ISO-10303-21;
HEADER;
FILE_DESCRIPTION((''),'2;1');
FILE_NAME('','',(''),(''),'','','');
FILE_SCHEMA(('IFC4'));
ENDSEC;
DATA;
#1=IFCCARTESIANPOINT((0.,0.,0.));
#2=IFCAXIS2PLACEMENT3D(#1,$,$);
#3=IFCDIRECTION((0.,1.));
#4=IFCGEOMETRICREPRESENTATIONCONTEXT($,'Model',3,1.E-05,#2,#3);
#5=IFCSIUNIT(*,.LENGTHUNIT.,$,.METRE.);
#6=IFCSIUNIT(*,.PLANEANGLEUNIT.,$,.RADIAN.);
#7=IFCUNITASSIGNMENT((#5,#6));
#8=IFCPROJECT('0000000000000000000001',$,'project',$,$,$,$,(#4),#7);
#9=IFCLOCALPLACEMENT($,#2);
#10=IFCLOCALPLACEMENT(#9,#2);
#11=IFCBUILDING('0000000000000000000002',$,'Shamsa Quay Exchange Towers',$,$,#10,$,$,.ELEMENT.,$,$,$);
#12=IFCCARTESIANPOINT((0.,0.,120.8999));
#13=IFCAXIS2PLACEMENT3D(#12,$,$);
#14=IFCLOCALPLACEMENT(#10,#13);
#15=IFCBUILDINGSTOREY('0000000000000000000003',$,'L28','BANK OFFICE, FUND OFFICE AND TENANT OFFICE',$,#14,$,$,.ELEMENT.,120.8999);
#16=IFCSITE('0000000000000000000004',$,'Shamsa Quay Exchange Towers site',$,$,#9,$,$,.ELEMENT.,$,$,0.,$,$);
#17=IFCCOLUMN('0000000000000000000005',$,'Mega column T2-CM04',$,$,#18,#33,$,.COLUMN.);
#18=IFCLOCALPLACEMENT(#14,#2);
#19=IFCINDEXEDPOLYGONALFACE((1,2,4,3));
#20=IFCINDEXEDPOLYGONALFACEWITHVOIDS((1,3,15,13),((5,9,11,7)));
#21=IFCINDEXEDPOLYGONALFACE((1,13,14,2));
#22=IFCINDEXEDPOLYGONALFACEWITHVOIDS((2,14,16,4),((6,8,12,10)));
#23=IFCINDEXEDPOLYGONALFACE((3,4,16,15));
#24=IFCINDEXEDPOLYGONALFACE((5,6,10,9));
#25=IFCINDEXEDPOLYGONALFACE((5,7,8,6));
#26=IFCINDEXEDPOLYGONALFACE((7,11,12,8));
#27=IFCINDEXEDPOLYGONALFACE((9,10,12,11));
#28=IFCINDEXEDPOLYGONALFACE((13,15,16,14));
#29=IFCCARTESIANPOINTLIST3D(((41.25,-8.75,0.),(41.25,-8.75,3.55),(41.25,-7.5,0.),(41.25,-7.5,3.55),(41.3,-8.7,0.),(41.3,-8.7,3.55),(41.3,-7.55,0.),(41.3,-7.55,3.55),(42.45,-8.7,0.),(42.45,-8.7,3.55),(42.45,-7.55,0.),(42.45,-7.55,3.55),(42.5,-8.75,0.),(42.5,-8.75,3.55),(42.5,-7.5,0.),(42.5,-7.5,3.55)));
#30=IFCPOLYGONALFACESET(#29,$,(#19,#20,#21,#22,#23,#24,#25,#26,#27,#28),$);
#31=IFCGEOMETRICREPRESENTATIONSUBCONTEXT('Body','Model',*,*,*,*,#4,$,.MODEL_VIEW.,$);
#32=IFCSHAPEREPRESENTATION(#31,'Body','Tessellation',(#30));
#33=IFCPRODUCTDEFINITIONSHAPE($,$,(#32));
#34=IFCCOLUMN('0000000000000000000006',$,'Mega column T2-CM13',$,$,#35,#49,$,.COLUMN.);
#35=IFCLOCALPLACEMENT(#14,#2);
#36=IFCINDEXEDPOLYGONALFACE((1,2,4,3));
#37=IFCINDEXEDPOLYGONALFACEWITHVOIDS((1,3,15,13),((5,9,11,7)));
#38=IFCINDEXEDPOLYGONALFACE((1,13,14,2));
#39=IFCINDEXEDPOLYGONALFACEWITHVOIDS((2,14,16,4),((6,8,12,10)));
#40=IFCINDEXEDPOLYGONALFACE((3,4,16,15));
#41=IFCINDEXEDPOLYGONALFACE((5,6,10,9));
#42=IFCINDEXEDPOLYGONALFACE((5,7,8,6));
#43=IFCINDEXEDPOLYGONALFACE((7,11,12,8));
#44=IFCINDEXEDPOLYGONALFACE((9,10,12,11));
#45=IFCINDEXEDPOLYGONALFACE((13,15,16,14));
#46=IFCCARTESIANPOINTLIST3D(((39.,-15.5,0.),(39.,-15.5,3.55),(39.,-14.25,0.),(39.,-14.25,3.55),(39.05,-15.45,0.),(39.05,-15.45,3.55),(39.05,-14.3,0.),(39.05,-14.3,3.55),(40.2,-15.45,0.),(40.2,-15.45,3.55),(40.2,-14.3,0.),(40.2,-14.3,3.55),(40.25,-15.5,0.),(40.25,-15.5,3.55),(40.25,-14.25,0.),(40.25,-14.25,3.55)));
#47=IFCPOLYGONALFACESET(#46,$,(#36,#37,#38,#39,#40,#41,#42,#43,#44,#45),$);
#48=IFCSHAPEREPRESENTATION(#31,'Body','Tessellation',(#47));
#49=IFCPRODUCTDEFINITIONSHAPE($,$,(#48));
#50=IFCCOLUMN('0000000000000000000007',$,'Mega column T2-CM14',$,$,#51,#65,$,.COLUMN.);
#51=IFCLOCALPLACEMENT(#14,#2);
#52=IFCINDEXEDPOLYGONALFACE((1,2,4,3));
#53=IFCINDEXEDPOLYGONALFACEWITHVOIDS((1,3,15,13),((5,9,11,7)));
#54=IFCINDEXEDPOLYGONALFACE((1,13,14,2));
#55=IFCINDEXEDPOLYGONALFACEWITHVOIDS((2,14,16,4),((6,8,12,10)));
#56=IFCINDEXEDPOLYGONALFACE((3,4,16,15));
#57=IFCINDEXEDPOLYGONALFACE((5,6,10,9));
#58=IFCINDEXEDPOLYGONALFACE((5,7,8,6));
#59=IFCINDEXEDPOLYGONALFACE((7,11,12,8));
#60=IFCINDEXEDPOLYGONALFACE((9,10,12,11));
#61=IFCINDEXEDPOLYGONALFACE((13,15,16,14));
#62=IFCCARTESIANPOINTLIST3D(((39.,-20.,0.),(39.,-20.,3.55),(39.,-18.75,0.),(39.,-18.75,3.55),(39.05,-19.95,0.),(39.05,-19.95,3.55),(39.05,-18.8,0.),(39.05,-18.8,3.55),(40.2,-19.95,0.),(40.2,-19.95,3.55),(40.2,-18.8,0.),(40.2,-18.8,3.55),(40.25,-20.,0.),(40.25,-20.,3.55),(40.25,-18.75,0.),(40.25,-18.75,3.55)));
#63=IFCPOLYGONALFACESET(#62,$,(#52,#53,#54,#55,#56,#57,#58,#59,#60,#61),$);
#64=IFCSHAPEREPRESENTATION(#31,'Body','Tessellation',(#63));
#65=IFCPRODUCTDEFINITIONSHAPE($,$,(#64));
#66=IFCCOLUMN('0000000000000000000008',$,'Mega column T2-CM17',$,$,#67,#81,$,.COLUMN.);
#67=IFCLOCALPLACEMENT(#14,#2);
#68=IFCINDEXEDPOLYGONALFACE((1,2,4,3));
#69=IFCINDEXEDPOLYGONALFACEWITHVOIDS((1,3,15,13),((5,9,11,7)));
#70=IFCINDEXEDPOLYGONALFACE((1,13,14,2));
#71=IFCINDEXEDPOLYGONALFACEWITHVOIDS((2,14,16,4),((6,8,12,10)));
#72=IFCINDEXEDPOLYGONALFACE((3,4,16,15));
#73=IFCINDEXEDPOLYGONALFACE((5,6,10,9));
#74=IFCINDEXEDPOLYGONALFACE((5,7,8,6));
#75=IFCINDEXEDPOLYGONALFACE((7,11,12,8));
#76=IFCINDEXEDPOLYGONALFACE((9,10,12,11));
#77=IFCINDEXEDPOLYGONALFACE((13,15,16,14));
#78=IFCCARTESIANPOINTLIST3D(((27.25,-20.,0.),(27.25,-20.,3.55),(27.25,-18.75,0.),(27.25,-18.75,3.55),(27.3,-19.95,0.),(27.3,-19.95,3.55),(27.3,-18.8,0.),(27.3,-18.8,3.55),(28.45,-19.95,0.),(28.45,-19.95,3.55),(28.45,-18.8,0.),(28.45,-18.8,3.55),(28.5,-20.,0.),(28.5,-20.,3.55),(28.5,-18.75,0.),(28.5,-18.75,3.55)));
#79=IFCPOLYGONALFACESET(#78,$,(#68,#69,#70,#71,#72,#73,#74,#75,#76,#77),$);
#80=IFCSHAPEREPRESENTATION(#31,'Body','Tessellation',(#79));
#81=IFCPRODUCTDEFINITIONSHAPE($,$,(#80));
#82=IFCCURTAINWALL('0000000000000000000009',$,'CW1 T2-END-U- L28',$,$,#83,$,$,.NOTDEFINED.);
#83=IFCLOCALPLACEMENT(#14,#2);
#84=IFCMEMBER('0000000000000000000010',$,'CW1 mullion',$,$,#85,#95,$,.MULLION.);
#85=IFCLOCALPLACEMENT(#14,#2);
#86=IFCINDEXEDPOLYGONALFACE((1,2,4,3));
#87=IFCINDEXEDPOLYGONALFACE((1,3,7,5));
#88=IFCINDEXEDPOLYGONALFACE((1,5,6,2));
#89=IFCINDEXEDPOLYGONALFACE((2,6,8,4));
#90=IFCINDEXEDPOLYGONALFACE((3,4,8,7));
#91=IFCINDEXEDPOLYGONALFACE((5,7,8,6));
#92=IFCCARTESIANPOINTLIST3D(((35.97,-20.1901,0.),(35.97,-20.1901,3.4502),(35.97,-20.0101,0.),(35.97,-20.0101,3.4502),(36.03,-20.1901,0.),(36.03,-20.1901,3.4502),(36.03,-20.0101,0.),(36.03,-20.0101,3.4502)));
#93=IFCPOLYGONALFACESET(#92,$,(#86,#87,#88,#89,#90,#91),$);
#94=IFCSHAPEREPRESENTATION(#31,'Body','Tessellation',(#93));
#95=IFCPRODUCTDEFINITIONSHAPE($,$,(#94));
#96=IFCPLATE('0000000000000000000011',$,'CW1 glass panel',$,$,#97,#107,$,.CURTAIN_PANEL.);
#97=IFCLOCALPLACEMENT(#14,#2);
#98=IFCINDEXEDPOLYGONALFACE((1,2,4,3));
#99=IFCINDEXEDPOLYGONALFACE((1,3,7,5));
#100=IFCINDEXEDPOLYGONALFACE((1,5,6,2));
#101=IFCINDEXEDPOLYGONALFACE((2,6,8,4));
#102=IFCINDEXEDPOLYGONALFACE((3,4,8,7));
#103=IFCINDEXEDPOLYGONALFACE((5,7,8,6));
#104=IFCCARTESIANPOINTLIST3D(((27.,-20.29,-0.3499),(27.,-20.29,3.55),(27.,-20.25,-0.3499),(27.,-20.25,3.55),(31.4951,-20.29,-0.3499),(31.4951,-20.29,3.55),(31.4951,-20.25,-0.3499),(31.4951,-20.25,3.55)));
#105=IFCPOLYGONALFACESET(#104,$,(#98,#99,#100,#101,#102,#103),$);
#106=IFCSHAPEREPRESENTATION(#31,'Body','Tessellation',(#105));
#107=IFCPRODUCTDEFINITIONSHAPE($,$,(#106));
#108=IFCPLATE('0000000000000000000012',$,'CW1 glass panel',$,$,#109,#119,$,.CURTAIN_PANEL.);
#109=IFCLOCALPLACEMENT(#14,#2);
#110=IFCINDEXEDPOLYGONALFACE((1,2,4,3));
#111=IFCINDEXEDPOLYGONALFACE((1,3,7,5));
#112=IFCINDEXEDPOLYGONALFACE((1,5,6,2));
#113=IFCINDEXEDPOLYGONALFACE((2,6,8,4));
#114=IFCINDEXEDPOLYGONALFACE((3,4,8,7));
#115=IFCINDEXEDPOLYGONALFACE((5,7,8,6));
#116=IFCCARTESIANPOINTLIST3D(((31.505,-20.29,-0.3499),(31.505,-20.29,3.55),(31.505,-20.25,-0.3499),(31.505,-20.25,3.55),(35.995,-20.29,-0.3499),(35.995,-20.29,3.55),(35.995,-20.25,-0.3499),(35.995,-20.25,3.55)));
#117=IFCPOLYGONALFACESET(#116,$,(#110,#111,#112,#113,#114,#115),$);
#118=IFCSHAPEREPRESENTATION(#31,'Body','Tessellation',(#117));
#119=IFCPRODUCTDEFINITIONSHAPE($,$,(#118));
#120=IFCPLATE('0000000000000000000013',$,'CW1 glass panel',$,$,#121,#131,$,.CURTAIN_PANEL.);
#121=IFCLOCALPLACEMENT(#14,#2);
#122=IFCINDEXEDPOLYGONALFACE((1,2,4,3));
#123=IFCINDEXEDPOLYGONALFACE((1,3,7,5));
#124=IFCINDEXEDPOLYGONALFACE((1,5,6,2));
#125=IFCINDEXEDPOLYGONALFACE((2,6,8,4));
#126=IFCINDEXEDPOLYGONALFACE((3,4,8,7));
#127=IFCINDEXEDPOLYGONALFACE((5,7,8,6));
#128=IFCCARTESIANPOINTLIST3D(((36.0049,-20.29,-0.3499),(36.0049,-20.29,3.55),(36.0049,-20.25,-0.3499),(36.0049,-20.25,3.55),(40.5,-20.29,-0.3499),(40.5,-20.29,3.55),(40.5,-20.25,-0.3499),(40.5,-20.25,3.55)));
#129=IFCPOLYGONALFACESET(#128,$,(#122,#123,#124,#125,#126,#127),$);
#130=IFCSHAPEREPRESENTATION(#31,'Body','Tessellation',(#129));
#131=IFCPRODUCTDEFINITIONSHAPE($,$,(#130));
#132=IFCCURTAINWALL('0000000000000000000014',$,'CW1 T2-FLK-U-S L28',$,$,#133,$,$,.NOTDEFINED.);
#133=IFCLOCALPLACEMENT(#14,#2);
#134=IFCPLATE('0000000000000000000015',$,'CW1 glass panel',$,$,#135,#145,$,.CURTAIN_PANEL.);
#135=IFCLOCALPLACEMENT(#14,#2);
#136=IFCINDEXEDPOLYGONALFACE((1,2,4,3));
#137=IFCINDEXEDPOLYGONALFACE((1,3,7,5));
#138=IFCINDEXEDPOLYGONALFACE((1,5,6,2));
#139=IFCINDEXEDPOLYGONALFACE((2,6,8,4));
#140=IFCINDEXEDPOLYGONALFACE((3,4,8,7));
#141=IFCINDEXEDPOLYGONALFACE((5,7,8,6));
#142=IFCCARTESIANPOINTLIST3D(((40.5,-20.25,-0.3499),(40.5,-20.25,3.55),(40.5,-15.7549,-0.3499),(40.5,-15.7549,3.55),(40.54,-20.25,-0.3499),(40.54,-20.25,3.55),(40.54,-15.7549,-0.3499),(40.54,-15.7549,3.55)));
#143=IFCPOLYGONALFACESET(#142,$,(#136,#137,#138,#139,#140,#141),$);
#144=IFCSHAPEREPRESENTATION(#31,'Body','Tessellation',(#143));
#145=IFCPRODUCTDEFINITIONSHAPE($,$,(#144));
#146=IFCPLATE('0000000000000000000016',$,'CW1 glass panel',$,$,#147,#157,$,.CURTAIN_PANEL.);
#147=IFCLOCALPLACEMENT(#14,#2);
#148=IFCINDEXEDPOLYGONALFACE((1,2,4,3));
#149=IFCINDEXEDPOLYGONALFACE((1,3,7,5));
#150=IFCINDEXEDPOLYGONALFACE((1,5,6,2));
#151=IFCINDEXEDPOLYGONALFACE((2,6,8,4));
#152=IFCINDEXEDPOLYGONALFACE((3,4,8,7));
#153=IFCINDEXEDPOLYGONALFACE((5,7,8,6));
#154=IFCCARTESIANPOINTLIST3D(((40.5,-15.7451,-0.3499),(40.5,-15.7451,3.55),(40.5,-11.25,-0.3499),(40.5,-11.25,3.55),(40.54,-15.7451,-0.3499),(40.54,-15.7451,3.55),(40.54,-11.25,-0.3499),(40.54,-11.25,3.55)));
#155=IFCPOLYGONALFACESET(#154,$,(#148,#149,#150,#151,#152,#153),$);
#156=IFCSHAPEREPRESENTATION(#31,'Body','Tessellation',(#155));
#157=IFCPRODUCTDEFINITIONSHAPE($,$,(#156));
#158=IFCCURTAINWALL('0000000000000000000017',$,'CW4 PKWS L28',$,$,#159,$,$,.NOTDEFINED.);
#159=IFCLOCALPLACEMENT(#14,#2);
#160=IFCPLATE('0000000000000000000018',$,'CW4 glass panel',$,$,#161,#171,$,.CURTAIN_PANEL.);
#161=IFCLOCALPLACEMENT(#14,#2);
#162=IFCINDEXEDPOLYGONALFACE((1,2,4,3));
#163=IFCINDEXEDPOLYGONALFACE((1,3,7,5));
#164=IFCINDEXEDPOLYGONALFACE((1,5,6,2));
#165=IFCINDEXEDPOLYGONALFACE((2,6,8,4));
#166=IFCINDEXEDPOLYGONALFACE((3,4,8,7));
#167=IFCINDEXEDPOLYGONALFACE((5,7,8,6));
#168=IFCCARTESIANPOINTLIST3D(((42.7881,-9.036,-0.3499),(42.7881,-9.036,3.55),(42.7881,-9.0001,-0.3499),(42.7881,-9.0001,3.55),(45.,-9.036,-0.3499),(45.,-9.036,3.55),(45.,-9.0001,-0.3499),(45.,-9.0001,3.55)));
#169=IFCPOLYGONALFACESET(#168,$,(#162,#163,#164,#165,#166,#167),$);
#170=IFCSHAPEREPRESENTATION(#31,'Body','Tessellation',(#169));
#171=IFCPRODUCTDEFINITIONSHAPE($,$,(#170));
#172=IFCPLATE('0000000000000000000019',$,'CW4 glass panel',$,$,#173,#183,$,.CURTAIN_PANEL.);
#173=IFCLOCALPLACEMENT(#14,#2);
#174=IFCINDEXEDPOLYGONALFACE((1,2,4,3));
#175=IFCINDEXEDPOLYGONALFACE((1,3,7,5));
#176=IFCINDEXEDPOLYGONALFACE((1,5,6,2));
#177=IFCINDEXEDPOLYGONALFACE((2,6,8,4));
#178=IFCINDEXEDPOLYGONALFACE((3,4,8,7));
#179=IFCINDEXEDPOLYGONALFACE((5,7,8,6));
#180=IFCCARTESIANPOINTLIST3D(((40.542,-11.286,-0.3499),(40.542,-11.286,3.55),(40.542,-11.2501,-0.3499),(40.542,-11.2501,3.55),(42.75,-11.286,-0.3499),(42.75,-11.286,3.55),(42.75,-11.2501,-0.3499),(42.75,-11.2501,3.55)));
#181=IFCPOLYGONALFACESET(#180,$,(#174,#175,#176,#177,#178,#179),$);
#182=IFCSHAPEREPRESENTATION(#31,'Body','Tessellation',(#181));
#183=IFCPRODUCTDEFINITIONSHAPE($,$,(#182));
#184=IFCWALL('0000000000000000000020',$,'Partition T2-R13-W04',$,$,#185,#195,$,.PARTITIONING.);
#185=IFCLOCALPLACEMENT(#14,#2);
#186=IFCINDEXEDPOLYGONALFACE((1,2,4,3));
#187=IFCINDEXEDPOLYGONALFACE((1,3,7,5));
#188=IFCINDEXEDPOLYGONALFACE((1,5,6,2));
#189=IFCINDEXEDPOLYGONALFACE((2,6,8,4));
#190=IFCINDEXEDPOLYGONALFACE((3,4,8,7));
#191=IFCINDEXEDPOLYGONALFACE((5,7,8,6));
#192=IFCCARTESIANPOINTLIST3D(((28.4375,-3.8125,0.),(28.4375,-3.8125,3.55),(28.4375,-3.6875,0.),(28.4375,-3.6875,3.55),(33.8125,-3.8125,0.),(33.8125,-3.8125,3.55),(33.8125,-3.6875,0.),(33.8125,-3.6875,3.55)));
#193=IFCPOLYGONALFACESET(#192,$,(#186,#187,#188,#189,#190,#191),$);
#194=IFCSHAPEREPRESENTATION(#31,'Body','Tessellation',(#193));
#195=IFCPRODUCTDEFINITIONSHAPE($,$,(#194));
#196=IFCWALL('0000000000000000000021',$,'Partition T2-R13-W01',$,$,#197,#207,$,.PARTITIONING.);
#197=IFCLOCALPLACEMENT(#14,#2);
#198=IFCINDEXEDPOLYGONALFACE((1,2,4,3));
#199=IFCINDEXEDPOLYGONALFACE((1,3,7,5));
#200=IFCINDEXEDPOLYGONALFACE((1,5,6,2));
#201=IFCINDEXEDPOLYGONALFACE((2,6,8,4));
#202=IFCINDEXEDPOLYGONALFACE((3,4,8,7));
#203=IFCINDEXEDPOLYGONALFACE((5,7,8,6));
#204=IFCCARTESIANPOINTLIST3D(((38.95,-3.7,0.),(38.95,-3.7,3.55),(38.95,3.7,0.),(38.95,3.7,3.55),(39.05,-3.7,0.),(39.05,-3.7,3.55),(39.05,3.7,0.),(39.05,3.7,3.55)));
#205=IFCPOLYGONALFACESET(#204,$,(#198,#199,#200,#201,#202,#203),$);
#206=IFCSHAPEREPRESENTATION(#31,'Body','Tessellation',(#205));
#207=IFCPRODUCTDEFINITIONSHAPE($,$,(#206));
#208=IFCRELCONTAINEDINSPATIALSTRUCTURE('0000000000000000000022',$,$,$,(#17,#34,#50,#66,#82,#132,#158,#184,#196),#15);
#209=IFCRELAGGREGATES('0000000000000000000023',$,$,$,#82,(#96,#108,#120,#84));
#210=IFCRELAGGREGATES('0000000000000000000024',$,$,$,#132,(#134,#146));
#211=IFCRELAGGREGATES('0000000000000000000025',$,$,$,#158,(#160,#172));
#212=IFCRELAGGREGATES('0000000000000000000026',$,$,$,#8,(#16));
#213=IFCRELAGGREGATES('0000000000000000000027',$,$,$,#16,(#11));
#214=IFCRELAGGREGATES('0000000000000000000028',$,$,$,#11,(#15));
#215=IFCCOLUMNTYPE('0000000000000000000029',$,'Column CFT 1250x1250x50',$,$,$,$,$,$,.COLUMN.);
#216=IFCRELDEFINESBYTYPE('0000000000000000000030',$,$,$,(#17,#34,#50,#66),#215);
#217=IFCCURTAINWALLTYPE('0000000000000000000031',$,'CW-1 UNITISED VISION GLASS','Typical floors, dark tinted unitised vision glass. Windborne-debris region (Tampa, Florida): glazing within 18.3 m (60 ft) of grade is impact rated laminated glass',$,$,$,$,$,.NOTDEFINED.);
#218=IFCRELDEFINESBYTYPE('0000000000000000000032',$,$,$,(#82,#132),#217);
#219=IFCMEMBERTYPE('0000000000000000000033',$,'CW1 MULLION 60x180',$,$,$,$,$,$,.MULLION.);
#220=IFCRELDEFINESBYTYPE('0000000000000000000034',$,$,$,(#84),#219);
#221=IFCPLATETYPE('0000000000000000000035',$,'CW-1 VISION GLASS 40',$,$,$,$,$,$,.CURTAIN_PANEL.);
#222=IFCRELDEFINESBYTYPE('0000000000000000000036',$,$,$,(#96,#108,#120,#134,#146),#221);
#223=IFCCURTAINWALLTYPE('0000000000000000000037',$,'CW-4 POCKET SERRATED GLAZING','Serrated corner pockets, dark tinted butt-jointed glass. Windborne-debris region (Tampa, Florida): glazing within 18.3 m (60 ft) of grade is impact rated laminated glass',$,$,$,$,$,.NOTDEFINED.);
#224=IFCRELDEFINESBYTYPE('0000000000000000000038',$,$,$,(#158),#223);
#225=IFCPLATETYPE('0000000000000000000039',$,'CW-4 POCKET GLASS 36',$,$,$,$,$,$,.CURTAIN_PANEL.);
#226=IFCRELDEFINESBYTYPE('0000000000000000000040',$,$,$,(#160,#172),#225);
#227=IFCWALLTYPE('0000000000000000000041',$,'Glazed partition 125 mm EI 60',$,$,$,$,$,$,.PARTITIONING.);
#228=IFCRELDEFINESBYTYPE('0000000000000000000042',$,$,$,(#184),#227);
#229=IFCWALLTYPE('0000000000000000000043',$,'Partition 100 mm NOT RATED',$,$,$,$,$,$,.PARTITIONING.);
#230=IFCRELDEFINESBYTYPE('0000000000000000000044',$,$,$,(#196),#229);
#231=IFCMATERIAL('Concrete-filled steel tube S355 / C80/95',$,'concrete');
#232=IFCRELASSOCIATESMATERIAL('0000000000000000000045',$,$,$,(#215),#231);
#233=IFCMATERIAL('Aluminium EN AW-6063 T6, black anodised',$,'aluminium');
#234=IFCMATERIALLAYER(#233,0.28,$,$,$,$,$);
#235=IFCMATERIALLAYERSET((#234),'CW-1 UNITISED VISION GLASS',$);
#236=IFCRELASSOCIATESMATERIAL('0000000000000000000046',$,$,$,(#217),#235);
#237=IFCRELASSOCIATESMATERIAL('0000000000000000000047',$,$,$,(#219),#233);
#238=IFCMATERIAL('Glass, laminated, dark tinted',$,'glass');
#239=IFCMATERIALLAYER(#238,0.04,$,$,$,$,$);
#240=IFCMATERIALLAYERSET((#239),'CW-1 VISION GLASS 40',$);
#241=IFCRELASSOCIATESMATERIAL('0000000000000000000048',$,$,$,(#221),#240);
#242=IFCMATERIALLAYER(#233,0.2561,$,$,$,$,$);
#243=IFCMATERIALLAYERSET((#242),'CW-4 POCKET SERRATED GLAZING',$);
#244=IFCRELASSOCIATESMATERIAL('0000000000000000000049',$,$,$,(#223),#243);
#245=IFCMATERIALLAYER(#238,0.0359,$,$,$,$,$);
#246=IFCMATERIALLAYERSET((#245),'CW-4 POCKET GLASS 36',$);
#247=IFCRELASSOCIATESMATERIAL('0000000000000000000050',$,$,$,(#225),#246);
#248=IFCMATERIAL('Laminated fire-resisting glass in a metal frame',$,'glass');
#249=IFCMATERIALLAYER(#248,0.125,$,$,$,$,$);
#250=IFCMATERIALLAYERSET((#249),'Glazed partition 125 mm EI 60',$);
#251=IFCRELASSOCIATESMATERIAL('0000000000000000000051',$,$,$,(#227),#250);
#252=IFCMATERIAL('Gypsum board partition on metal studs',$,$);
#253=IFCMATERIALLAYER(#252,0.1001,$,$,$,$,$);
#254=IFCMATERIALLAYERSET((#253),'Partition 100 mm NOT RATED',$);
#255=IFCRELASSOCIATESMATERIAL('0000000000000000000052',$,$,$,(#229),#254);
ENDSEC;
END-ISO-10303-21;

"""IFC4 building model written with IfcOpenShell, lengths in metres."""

from ifc_helpers import new_model, si_unit, direction, frame, frame_2d, origin, origin_2d, place, context, subcontext, project, spatial, rectangle, hollow_rectangle, extrude, material, layer, layer_set, material_profile, profile_set, type_object, element, aggregate, save


model = new_model("IFC4")

# Units and contexts
model_context = context("Model", 3, precision=1e-05, world=origin(), true_north=direction((0.0, 1.0)))
body_context = subcontext(model_context, "Body", "Model", "MODEL_VIEW")
ifc_project = project(units=[si_unit("LENGTHUNIT", "METRE"), si_unit("PLANEANGLEUNIT", "RADIAN")], contexts=[model_context])

# Site, building, storey
site_placement = place(None, origin())
site = spatial("IfcSite", under=ifc_project, at=site_placement, Name="Shamsa Quay Exchange Towers site", CompositionType="ELEMENT", RefElevation=0.0)
building_placement = place(site_placement, origin())
building = spatial("IfcBuilding", under=site, at=building_placement, Name="Shamsa Quay Exchange Towers", CompositionType="ELEMENT")
storey_placement = place(building_placement, frame((0.0, 0.0, 120.8999)))
storey = spatial("IfcBuildingStorey", under=building, at=storey_placement, Name="L28", Description="BANK OFFICE, FUND OFFICE AND TENANT OFFICE", CompositionType="ELEMENT", Elevation=120.8999)

# Columns
ifc_material_1 = material(Name="Concrete-filled steel tube S355 / C80/95", Category="concrete")
ifc_material_profile_1 = material_profile(ifc_material_1, hollow_rectangle(XDim=1.25, YDim=1.25, WallThickness=0.05, at=origin_2d()), Name="CFT 1250x1250x50")
ifc_profile_set_1 = profile_set([ifc_material_profile_1], Name="Concrete-filled steel tube S355 / C80/95")
column_type = type_object("IfcColumnType", Name="Column CFT 1250x1250x50", PredefinedType="COLUMN", material=ifc_profile_set_1)
for number, where, name in (
    (1, (41.875, -8.125, 0.0), "Mega column T2-CM04"),
    (2, (39.625, -14.875, 0.0), "Mega column T2-CM13"),
    (3, (39.625, -19.375, 0.0), "Mega column T2-CM14"),
    (4, (27.875, -19.375, 0.0), "Mega column T2-CM17"),
):
    element("IfcColumn", number, at=place(storey_placement, frame(where)), inside=storey, type_object=column_type, Name=name, PredefinedType="COLUMN", context=body_context, shape_type="SweptSolid", body=[
        extrude(hollow_rectangle(XDim=1.25, YDim=1.25, WallThickness=0.05, at=origin_2d()), origin(), (0.0, 0.0, 1.0), 3.55),
    ])

# Curtain wall, member, plates
ifc_material_2 = material(Name="Aluminium EN AW-6063 T6, black anodised", Category="aluminium")
ifc_layer_1 = layer(ifc_material_2, 0.28)
ifc_layer_set_1 = layer_set([ifc_layer_1], Name="CW-1 UNITISED VISION GLASS")
curtain_wall_type_1 = type_object("IfcCurtainWallType", Name="CW-1 UNITISED VISION GLASS", Description="Typical floors, dark tinted unitised vision glass. Windborne-debris region (Tampa, Florida): glazing within 18.3 m (60 ft) of grade is impact rated laminated glass", PredefinedType="NOTDEFINED", material=ifc_layer_set_1)
curtain_wall_1_placement = place(storey_placement, origin())
curtain_wall_1 = element("IfcCurtainWall", 5, at=curtain_wall_1_placement, inside=storey, type_object=curtain_wall_type_1, Name="CW1 T2-END-U- L28", PredefinedType="NOTDEFINED")
ifc_material_profile_2 = material_profile(ifc_material_2, rectangle(XDim=0.1799, YDim=0.0601, at=origin_2d()), Name="MU60x180")
ifc_profile_set_2 = profile_set([ifc_material_profile_2], Name="Aluminium EN AW-6063 T6, black anodised")
member_type = type_object("IfcMemberType", Name="CW1 MULLION 60x180", PredefinedType="MULLION", material=ifc_profile_set_2)
member_placement = place(storey_placement, frame((36.0, -20.1001, 0.0), z_axis=(0.0, 0.0, 1.0), x_axis=(0.0, 1.0, 0.0)))
member = element("IfcMember", 6, at=member_placement, type_object=member_type, Name="CW1 mullion", PredefinedType="MULLION", context=body_context, shape_type="SweptSolid", body=[
    extrude(rectangle(XDim=0.1799, YDim=0.0601, at=origin_2d()), origin(), (0.0, 0.0, 1.0), 3.4502),
])
ifc_material_3 = material(Name="Glass, laminated, dark tinted", Category="glass")
ifc_layer_2 = layer(ifc_material_3, 0.04)
ifc_layer_set_2 = layer_set([ifc_layer_2], Name="CW-1 VISION GLASS 40")
plate_type_1 = type_object("IfcPlateType", Name="CW-1 VISION GLASS 40", PredefinedType="CURTAIN_PANEL", material=ifc_layer_set_2)
plate_1_placement = place(storey_placement, frame((29.2476, -20.27, -0.3499)))
plate_1 = element("IfcPlate", 7, at=plate_1_placement, type_object=plate_type_1, Name="CW1 glass panel", PredefinedType="CURTAIN_PANEL", context=body_context, shape_type="SweptSolid", body=[
    extrude(rectangle(XDim=4.4951, YDim=0.04, at=origin_2d()), origin(), (0.0, 0.0, 1.0), 3.8999),
])
plate_2_placement = place(storey_placement, frame((33.75, -20.27, -0.3499)))
plate_2 = element("IfcPlate", 8, at=plate_2_placement, type_object=plate_type_1, Name="CW1 glass panel", PredefinedType="CURTAIN_PANEL", context=body_context, shape_type="SweptSolid", body=[
    extrude(rectangle(XDim=4.49, YDim=0.04, at=origin_2d()), origin(), (0.0, 0.0, 1.0), 3.8999),
])
plate_3_placement = place(storey_placement, frame((38.2524, -20.27, -0.3499)))
plate_3 = element("IfcPlate", 9, at=plate_3_placement, type_object=plate_type_1, Name="CW1 glass panel", PredefinedType="CURTAIN_PANEL", context=body_context, shape_type="SweptSolid", body=[
    extrude(rectangle(XDim=4.4951, YDim=0.04, at=origin_2d()), origin(), (0.0, 0.0, 1.0), 3.8999),
])
aggregate(curtain_wall_1, [plate_1, plate_2, plate_3, member])

# Curtain walls, plates
curtain_wall_2_placement = place(storey_placement, origin())
curtain_wall_2 = element("IfcCurtainWall", 10, at=curtain_wall_2_placement, inside=storey, type_object=curtain_wall_type_1, Name="CW1 T2-FLK-U-S L28", PredefinedType="NOTDEFINED")
plate_4_placement = place(storey_placement, frame((40.52, -18.0024, -0.3499), z_axis=(0.0, 0.0, 1.0), x_axis=(0.0, 1.0, 0.0)))
plate_4 = element("IfcPlate", 11, at=plate_4_placement, type_object=plate_type_1, Name="CW1 glass panel", PredefinedType="CURTAIN_PANEL", context=body_context, shape_type="SweptSolid", body=[
    extrude(rectangle(XDim=4.4951, YDim=0.04, at=origin_2d()), origin(), (0.0, 0.0, 1.0), 3.8999),
])
plate_5_placement = place(storey_placement, frame((40.52, -13.4976, -0.3499), z_axis=(0.0, 0.0, 1.0), x_axis=(0.0, 1.0, 0.0)))
plate_5 = element("IfcPlate", 12, at=plate_5_placement, type_object=plate_type_1, Name="CW1 glass panel", PredefinedType="CURTAIN_PANEL", context=body_context, shape_type="SweptSolid", body=[
    extrude(rectangle(XDim=4.4951, YDim=0.04, at=origin_2d()), origin(), (0.0, 0.0, 1.0), 3.8999),
])
aggregate(curtain_wall_2, [plate_4, plate_5])
ifc_layer_3 = layer(ifc_material_2, 0.2561)
ifc_layer_set_3 = layer_set([ifc_layer_3], Name="CW-4 POCKET SERRATED GLAZING")
curtain_wall_type_2 = type_object("IfcCurtainWallType", Name="CW-4 POCKET SERRATED GLAZING", Description="Serrated corner pockets, dark tinted butt-jointed glass. Windborne-debris region (Tampa, Florida): glazing within 18.3 m (60 ft) of grade is impact rated laminated glass", PredefinedType="NOTDEFINED", material=ifc_layer_set_3)
curtain_wall_3_placement = place(storey_placement, origin())
curtain_wall_3 = element("IfcCurtainWall", 13, at=curtain_wall_3_placement, inside=storey, type_object=curtain_wall_type_2, Name="CW4 PKWS L28", PredefinedType="NOTDEFINED")
ifc_layer_4 = layer(ifc_material_3, 0.0359)
ifc_layer_set_4 = layer_set([ifc_layer_4], Name="CW-4 POCKET GLASS 36")
plate_type_2 = type_object("IfcPlateType", Name="CW-4 POCKET GLASS 36", PredefinedType="CURTAIN_PANEL", material=ifc_layer_set_4)
plate_6_placement = place(storey_placement, frame((43.894, -9.0181, -0.3499)))
plate_6 = element("IfcPlate", 14, at=plate_6_placement, type_object=plate_type_2, Name="CW4 glass panel", PredefinedType="CURTAIN_PANEL", context=body_context, shape_type="SweptSolid", body=[
    extrude(rectangle(XDim=2.2119, YDim=0.0359, at=origin_2d()), origin(), (0.0, 0.0, 1.0), 3.8999),
])
plate_7_placement = place(storey_placement, frame((41.646, -11.2681, -0.3499)))
plate_7 = element("IfcPlate", 15, at=plate_7_placement, type_object=plate_type_2, Name="CW4 glass panel", PredefinedType="CURTAIN_PANEL", context=body_context, shape_type="SweptSolid", body=[
    extrude(rectangle(XDim=2.208, YDim=0.0359, at=origin_2d()), origin(), (0.0, 0.0, 1.0), 3.8999),
])
aggregate(curtain_wall_3, [plate_6, plate_7])

# Walls
ifc_material_4 = material(Name="Laminated fire-resisting glass in a metal frame", Category="glass")
ifc_layer_5 = layer(ifc_material_4, 0.125)
ifc_layer_set_5 = layer_set([ifc_layer_5], Name="Glazed partition 125 mm EI 60")
wall_type_1 = type_object("IfcWallType", Name="Glazed partition 125 mm EI 60", PredefinedType="PARTITIONING", material=ifc_layer_set_5)
wall_1_placement = place(storey_placement, frame((28.4375, -3.75, 0.0)))
element("IfcWall", 16, at=wall_1_placement, inside=storey, type_object=wall_type_1, Name="Partition T2-R13-W04", PredefinedType="PARTITIONING", context=body_context, shape_type="SweptSolid", body=[
    extrude(rectangle(XDim=5.375, YDim=0.125, at=frame_2d((2.6875, 0.0))), origin(), (0.0, 0.0, 1.0), 3.55),
])
ifc_material_5 = material(Name="Gypsum board partition on metal studs")
ifc_layer_6 = layer(ifc_material_5, 0.1001)
ifc_layer_set_6 = layer_set([ifc_layer_6], Name="Partition 100 mm NOT RATED")
wall_type_2 = type_object("IfcWallType", Name="Partition 100 mm NOT RATED", PredefinedType="PARTITIONING", material=ifc_layer_set_6)
wall_2_placement = place(storey_placement, frame((39.0, -3.7, 0.0), z_axis=(0.0, 0.0, 1.0), x_axis=(0.0, 1.0, 0.0)))
element("IfcWall", 17, at=wall_2_placement, inside=storey, type_object=wall_type_2, Name="Partition T2-R13-W01", PredefinedType="PARTITIONING", context=body_context, shape_type="SweptSolid", body=[
    extrude(rectangle(XDim=7.3999, YDim=0.1001, at=frame_2d((3.7, 0.0))), origin(), (0.0, 0.0, 1.0), 3.55),
])

save(model, "model.ifc")
